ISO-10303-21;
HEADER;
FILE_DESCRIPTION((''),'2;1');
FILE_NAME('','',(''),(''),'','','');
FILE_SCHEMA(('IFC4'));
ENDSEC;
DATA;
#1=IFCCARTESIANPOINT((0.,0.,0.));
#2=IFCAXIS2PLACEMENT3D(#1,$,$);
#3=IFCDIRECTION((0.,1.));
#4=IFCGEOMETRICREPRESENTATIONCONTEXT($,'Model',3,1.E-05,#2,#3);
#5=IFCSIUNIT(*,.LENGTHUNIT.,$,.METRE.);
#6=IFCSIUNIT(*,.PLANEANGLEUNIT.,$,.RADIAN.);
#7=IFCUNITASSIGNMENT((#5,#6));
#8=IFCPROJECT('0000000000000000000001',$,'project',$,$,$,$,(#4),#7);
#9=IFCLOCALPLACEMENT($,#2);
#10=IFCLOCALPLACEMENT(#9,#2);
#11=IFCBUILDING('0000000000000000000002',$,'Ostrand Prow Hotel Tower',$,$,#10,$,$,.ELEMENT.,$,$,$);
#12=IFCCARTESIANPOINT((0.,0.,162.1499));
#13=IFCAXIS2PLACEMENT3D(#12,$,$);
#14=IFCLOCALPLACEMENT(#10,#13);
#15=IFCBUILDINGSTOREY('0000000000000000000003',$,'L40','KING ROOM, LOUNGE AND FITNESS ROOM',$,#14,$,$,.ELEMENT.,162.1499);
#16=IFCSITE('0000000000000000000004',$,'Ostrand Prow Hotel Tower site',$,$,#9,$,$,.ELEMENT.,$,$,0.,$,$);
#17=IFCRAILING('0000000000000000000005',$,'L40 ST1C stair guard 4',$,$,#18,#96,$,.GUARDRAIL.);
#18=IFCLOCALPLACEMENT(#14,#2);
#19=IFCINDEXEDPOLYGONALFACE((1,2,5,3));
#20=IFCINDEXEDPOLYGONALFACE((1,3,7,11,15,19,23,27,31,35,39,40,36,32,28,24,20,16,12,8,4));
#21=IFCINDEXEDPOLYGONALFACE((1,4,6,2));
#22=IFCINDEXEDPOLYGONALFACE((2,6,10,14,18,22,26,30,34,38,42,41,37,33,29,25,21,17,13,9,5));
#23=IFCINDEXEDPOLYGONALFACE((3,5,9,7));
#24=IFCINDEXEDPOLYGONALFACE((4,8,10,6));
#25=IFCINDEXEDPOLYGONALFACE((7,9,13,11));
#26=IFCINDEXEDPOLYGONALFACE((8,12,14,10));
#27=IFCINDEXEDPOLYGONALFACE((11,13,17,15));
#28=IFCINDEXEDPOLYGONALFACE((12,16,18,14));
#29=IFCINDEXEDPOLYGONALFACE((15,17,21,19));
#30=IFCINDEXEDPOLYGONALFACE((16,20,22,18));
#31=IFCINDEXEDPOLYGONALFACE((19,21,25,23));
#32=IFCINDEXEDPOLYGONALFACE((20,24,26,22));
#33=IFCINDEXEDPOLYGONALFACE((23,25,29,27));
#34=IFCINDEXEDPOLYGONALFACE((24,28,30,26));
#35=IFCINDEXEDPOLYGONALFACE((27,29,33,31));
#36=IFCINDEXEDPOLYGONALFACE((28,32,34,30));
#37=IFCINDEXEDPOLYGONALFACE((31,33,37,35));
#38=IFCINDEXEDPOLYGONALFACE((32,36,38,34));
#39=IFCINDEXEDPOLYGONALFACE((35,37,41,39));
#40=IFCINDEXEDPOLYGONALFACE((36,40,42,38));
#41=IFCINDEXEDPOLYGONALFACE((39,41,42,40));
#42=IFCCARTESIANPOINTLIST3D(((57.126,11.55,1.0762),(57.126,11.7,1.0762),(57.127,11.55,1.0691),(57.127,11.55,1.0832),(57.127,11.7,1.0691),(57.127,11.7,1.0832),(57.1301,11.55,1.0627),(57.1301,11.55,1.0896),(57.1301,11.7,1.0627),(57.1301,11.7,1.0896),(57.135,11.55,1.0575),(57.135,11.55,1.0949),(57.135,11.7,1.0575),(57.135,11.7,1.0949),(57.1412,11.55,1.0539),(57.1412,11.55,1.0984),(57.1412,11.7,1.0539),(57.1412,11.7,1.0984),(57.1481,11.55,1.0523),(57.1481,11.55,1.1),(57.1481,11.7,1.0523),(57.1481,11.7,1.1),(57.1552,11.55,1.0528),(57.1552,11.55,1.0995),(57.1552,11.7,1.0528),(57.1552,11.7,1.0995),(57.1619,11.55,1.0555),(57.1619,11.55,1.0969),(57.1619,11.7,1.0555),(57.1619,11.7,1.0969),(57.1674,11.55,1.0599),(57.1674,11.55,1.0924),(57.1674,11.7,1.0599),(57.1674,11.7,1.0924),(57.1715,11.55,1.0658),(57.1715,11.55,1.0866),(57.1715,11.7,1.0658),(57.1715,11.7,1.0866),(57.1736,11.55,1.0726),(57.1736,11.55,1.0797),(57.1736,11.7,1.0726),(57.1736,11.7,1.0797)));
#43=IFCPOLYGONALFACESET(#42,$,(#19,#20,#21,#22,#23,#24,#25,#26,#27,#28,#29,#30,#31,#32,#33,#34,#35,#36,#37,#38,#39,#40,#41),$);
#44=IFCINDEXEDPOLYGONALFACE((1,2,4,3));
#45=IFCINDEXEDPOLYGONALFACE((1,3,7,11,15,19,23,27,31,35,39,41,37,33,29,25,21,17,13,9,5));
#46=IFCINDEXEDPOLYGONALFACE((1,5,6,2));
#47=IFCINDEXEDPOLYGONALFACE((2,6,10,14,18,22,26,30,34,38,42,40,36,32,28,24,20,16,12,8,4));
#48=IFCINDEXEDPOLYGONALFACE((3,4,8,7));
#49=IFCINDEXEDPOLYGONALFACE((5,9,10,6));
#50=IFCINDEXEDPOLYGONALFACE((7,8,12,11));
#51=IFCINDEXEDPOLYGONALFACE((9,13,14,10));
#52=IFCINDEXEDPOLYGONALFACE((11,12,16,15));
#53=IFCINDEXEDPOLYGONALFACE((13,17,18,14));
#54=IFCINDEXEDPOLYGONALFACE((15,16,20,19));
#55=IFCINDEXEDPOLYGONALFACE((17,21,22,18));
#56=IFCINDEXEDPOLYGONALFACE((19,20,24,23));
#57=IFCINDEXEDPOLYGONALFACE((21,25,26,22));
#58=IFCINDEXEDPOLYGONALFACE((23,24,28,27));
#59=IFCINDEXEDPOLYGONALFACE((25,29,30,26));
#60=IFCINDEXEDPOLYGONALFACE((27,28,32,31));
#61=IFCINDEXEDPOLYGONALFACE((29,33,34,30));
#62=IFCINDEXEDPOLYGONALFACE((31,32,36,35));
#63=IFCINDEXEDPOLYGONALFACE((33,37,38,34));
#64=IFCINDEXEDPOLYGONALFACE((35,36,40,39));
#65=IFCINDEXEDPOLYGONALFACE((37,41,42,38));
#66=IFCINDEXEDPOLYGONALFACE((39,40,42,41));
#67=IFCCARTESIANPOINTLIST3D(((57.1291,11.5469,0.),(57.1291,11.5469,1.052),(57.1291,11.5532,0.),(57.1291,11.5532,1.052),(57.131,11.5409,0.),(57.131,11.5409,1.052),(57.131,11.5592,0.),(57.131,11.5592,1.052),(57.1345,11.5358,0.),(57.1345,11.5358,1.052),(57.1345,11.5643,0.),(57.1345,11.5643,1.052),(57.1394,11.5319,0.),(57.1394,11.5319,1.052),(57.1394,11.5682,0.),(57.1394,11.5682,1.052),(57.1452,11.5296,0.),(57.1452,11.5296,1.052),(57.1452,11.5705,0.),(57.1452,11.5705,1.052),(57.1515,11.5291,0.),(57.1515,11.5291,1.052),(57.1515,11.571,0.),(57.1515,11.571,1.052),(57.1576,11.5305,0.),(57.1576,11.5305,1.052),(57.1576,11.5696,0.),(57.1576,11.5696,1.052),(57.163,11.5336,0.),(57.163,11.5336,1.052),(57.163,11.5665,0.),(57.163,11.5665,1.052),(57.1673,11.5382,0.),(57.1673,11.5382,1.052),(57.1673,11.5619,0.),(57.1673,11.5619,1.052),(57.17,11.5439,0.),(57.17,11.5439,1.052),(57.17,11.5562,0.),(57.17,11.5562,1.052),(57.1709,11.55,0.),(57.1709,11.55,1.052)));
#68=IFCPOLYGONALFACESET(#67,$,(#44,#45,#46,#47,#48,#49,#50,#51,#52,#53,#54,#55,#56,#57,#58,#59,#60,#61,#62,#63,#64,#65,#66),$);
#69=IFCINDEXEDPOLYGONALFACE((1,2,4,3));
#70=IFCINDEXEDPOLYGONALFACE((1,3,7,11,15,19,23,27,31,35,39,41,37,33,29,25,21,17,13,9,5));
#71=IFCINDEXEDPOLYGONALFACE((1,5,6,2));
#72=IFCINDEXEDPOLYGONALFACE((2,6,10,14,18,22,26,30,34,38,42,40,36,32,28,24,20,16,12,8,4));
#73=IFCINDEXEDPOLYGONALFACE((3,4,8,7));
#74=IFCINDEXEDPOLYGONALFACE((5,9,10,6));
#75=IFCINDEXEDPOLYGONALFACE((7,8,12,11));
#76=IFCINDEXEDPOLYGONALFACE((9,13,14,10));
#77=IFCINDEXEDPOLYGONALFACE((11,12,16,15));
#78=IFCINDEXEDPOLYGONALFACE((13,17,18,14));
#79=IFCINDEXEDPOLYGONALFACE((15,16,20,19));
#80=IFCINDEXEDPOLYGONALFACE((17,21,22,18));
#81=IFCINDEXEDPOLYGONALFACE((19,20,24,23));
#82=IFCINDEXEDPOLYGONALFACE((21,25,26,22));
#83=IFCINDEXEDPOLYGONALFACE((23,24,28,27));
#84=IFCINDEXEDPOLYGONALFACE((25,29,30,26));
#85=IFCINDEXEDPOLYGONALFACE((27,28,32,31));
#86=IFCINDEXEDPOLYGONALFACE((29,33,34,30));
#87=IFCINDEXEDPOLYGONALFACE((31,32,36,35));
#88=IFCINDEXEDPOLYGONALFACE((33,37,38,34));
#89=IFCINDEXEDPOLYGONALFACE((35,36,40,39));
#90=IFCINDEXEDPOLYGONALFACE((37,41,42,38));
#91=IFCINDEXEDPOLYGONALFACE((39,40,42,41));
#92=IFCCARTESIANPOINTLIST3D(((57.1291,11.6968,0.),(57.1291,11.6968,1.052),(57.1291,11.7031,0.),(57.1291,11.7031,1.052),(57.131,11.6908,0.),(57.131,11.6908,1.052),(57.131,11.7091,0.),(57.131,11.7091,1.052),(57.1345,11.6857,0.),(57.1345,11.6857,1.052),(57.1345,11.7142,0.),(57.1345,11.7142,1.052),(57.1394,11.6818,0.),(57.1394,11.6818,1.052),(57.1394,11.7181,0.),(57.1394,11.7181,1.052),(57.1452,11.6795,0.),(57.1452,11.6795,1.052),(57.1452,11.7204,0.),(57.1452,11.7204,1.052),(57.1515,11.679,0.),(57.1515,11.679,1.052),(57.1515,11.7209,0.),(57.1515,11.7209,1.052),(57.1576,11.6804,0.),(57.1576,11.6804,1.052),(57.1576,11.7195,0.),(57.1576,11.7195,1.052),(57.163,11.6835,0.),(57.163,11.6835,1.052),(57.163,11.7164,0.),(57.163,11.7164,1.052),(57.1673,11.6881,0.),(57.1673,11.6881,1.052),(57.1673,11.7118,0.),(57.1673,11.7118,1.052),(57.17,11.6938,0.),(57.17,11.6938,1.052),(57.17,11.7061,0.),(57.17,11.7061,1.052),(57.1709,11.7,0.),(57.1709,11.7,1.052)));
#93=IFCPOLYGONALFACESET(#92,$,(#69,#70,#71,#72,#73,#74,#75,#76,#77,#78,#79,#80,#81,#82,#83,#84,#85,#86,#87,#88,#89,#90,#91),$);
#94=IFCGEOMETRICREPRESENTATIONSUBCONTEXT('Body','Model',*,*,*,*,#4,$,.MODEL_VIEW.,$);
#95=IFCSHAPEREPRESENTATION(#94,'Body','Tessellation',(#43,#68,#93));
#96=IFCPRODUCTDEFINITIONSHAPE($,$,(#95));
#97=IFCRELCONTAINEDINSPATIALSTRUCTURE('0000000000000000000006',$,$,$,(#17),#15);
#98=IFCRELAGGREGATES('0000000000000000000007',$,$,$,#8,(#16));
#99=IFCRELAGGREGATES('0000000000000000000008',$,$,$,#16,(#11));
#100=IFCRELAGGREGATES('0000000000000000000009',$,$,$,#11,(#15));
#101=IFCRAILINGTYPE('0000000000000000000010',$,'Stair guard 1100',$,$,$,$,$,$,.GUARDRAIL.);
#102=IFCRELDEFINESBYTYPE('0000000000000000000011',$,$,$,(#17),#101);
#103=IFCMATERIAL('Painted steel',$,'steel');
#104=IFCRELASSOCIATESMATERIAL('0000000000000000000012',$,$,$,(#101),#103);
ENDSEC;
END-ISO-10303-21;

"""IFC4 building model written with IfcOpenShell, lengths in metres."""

from ifc_helpers import new_model, si_unit, direction, frame, origin, origin_2d, place, context, subcontext, project, spatial, circle, extrude, material, type_object, element, save


model = new_model("IFC4")

# Units and contexts
model_context = context("Model", 3, precision=1e-05, world=origin(), true_north=direction((0.0, 1.0)))
body_context = subcontext(model_context, "Body", "Model", "MODEL_VIEW")
ifc_project = project(units=[si_unit("LENGTHUNIT", "METRE"), si_unit("PLANEANGLEUNIT", "RADIAN")], contexts=[model_context])

# Site, building, storey
site_placement = place(None, origin())
site = spatial("IfcSite", under=ifc_project, at=site_placement, Name="Ostrand Prow Hotel Tower site", CompositionType="ELEMENT", RefElevation=0.0)
building_placement = place(site_placement, origin())
building = spatial("IfcBuilding", under=site, at=building_placement, Name="Ostrand Prow Hotel Tower", CompositionType="ELEMENT")
storey_placement = place(building_placement, frame((0.0, 0.0, 162.1499)))
storey = spatial("IfcBuildingStorey", under=building, at=storey_placement, Name="L40", Description="KING ROOM, LOUNGE AND FITNESS ROOM", CompositionType="ELEMENT", Elevation=162.1499)

# Railing
ifc_material_1 = material(Name="Painted steel", Category="steel")
railing_type_1 = type_object("IfcRailingType", Name="Stair guard 1100", PredefinedType="GUARDRAIL", material=ifc_material_1)
railing_1_placement = place(storey_placement, frame((57.1499, 11.55, 0.0)))
element("IfcRailing", 1, at=railing_1_placement, inside=storey, type_object=railing_type_1, Name="L40 ST1C stair guard 4", PredefinedType="GUARDRAIL", context=body_context, shape_type="SweptSolid", body=[
    extrude(circle(Radius=0.0239, at=origin_2d()), frame((0.0, 0.0, 1.0762), z_axis=(0.0, 1.0, 0.0), x_axis=(-1.0, 0.0, 0.0)), (0.0, 0.0, 1.0), 0.1499),
    extrude(circle(Radius=0.021, at=origin_2d()), origin(), (0.0, 0.0, 1.0), 1.052),
    extrude(circle(Radius=0.021, at=origin_2d()), frame((0.0, 0.1499, 0.0)), (0.0, 0.0, 1.0), 1.052),
])

save(model, "model.ifc")
